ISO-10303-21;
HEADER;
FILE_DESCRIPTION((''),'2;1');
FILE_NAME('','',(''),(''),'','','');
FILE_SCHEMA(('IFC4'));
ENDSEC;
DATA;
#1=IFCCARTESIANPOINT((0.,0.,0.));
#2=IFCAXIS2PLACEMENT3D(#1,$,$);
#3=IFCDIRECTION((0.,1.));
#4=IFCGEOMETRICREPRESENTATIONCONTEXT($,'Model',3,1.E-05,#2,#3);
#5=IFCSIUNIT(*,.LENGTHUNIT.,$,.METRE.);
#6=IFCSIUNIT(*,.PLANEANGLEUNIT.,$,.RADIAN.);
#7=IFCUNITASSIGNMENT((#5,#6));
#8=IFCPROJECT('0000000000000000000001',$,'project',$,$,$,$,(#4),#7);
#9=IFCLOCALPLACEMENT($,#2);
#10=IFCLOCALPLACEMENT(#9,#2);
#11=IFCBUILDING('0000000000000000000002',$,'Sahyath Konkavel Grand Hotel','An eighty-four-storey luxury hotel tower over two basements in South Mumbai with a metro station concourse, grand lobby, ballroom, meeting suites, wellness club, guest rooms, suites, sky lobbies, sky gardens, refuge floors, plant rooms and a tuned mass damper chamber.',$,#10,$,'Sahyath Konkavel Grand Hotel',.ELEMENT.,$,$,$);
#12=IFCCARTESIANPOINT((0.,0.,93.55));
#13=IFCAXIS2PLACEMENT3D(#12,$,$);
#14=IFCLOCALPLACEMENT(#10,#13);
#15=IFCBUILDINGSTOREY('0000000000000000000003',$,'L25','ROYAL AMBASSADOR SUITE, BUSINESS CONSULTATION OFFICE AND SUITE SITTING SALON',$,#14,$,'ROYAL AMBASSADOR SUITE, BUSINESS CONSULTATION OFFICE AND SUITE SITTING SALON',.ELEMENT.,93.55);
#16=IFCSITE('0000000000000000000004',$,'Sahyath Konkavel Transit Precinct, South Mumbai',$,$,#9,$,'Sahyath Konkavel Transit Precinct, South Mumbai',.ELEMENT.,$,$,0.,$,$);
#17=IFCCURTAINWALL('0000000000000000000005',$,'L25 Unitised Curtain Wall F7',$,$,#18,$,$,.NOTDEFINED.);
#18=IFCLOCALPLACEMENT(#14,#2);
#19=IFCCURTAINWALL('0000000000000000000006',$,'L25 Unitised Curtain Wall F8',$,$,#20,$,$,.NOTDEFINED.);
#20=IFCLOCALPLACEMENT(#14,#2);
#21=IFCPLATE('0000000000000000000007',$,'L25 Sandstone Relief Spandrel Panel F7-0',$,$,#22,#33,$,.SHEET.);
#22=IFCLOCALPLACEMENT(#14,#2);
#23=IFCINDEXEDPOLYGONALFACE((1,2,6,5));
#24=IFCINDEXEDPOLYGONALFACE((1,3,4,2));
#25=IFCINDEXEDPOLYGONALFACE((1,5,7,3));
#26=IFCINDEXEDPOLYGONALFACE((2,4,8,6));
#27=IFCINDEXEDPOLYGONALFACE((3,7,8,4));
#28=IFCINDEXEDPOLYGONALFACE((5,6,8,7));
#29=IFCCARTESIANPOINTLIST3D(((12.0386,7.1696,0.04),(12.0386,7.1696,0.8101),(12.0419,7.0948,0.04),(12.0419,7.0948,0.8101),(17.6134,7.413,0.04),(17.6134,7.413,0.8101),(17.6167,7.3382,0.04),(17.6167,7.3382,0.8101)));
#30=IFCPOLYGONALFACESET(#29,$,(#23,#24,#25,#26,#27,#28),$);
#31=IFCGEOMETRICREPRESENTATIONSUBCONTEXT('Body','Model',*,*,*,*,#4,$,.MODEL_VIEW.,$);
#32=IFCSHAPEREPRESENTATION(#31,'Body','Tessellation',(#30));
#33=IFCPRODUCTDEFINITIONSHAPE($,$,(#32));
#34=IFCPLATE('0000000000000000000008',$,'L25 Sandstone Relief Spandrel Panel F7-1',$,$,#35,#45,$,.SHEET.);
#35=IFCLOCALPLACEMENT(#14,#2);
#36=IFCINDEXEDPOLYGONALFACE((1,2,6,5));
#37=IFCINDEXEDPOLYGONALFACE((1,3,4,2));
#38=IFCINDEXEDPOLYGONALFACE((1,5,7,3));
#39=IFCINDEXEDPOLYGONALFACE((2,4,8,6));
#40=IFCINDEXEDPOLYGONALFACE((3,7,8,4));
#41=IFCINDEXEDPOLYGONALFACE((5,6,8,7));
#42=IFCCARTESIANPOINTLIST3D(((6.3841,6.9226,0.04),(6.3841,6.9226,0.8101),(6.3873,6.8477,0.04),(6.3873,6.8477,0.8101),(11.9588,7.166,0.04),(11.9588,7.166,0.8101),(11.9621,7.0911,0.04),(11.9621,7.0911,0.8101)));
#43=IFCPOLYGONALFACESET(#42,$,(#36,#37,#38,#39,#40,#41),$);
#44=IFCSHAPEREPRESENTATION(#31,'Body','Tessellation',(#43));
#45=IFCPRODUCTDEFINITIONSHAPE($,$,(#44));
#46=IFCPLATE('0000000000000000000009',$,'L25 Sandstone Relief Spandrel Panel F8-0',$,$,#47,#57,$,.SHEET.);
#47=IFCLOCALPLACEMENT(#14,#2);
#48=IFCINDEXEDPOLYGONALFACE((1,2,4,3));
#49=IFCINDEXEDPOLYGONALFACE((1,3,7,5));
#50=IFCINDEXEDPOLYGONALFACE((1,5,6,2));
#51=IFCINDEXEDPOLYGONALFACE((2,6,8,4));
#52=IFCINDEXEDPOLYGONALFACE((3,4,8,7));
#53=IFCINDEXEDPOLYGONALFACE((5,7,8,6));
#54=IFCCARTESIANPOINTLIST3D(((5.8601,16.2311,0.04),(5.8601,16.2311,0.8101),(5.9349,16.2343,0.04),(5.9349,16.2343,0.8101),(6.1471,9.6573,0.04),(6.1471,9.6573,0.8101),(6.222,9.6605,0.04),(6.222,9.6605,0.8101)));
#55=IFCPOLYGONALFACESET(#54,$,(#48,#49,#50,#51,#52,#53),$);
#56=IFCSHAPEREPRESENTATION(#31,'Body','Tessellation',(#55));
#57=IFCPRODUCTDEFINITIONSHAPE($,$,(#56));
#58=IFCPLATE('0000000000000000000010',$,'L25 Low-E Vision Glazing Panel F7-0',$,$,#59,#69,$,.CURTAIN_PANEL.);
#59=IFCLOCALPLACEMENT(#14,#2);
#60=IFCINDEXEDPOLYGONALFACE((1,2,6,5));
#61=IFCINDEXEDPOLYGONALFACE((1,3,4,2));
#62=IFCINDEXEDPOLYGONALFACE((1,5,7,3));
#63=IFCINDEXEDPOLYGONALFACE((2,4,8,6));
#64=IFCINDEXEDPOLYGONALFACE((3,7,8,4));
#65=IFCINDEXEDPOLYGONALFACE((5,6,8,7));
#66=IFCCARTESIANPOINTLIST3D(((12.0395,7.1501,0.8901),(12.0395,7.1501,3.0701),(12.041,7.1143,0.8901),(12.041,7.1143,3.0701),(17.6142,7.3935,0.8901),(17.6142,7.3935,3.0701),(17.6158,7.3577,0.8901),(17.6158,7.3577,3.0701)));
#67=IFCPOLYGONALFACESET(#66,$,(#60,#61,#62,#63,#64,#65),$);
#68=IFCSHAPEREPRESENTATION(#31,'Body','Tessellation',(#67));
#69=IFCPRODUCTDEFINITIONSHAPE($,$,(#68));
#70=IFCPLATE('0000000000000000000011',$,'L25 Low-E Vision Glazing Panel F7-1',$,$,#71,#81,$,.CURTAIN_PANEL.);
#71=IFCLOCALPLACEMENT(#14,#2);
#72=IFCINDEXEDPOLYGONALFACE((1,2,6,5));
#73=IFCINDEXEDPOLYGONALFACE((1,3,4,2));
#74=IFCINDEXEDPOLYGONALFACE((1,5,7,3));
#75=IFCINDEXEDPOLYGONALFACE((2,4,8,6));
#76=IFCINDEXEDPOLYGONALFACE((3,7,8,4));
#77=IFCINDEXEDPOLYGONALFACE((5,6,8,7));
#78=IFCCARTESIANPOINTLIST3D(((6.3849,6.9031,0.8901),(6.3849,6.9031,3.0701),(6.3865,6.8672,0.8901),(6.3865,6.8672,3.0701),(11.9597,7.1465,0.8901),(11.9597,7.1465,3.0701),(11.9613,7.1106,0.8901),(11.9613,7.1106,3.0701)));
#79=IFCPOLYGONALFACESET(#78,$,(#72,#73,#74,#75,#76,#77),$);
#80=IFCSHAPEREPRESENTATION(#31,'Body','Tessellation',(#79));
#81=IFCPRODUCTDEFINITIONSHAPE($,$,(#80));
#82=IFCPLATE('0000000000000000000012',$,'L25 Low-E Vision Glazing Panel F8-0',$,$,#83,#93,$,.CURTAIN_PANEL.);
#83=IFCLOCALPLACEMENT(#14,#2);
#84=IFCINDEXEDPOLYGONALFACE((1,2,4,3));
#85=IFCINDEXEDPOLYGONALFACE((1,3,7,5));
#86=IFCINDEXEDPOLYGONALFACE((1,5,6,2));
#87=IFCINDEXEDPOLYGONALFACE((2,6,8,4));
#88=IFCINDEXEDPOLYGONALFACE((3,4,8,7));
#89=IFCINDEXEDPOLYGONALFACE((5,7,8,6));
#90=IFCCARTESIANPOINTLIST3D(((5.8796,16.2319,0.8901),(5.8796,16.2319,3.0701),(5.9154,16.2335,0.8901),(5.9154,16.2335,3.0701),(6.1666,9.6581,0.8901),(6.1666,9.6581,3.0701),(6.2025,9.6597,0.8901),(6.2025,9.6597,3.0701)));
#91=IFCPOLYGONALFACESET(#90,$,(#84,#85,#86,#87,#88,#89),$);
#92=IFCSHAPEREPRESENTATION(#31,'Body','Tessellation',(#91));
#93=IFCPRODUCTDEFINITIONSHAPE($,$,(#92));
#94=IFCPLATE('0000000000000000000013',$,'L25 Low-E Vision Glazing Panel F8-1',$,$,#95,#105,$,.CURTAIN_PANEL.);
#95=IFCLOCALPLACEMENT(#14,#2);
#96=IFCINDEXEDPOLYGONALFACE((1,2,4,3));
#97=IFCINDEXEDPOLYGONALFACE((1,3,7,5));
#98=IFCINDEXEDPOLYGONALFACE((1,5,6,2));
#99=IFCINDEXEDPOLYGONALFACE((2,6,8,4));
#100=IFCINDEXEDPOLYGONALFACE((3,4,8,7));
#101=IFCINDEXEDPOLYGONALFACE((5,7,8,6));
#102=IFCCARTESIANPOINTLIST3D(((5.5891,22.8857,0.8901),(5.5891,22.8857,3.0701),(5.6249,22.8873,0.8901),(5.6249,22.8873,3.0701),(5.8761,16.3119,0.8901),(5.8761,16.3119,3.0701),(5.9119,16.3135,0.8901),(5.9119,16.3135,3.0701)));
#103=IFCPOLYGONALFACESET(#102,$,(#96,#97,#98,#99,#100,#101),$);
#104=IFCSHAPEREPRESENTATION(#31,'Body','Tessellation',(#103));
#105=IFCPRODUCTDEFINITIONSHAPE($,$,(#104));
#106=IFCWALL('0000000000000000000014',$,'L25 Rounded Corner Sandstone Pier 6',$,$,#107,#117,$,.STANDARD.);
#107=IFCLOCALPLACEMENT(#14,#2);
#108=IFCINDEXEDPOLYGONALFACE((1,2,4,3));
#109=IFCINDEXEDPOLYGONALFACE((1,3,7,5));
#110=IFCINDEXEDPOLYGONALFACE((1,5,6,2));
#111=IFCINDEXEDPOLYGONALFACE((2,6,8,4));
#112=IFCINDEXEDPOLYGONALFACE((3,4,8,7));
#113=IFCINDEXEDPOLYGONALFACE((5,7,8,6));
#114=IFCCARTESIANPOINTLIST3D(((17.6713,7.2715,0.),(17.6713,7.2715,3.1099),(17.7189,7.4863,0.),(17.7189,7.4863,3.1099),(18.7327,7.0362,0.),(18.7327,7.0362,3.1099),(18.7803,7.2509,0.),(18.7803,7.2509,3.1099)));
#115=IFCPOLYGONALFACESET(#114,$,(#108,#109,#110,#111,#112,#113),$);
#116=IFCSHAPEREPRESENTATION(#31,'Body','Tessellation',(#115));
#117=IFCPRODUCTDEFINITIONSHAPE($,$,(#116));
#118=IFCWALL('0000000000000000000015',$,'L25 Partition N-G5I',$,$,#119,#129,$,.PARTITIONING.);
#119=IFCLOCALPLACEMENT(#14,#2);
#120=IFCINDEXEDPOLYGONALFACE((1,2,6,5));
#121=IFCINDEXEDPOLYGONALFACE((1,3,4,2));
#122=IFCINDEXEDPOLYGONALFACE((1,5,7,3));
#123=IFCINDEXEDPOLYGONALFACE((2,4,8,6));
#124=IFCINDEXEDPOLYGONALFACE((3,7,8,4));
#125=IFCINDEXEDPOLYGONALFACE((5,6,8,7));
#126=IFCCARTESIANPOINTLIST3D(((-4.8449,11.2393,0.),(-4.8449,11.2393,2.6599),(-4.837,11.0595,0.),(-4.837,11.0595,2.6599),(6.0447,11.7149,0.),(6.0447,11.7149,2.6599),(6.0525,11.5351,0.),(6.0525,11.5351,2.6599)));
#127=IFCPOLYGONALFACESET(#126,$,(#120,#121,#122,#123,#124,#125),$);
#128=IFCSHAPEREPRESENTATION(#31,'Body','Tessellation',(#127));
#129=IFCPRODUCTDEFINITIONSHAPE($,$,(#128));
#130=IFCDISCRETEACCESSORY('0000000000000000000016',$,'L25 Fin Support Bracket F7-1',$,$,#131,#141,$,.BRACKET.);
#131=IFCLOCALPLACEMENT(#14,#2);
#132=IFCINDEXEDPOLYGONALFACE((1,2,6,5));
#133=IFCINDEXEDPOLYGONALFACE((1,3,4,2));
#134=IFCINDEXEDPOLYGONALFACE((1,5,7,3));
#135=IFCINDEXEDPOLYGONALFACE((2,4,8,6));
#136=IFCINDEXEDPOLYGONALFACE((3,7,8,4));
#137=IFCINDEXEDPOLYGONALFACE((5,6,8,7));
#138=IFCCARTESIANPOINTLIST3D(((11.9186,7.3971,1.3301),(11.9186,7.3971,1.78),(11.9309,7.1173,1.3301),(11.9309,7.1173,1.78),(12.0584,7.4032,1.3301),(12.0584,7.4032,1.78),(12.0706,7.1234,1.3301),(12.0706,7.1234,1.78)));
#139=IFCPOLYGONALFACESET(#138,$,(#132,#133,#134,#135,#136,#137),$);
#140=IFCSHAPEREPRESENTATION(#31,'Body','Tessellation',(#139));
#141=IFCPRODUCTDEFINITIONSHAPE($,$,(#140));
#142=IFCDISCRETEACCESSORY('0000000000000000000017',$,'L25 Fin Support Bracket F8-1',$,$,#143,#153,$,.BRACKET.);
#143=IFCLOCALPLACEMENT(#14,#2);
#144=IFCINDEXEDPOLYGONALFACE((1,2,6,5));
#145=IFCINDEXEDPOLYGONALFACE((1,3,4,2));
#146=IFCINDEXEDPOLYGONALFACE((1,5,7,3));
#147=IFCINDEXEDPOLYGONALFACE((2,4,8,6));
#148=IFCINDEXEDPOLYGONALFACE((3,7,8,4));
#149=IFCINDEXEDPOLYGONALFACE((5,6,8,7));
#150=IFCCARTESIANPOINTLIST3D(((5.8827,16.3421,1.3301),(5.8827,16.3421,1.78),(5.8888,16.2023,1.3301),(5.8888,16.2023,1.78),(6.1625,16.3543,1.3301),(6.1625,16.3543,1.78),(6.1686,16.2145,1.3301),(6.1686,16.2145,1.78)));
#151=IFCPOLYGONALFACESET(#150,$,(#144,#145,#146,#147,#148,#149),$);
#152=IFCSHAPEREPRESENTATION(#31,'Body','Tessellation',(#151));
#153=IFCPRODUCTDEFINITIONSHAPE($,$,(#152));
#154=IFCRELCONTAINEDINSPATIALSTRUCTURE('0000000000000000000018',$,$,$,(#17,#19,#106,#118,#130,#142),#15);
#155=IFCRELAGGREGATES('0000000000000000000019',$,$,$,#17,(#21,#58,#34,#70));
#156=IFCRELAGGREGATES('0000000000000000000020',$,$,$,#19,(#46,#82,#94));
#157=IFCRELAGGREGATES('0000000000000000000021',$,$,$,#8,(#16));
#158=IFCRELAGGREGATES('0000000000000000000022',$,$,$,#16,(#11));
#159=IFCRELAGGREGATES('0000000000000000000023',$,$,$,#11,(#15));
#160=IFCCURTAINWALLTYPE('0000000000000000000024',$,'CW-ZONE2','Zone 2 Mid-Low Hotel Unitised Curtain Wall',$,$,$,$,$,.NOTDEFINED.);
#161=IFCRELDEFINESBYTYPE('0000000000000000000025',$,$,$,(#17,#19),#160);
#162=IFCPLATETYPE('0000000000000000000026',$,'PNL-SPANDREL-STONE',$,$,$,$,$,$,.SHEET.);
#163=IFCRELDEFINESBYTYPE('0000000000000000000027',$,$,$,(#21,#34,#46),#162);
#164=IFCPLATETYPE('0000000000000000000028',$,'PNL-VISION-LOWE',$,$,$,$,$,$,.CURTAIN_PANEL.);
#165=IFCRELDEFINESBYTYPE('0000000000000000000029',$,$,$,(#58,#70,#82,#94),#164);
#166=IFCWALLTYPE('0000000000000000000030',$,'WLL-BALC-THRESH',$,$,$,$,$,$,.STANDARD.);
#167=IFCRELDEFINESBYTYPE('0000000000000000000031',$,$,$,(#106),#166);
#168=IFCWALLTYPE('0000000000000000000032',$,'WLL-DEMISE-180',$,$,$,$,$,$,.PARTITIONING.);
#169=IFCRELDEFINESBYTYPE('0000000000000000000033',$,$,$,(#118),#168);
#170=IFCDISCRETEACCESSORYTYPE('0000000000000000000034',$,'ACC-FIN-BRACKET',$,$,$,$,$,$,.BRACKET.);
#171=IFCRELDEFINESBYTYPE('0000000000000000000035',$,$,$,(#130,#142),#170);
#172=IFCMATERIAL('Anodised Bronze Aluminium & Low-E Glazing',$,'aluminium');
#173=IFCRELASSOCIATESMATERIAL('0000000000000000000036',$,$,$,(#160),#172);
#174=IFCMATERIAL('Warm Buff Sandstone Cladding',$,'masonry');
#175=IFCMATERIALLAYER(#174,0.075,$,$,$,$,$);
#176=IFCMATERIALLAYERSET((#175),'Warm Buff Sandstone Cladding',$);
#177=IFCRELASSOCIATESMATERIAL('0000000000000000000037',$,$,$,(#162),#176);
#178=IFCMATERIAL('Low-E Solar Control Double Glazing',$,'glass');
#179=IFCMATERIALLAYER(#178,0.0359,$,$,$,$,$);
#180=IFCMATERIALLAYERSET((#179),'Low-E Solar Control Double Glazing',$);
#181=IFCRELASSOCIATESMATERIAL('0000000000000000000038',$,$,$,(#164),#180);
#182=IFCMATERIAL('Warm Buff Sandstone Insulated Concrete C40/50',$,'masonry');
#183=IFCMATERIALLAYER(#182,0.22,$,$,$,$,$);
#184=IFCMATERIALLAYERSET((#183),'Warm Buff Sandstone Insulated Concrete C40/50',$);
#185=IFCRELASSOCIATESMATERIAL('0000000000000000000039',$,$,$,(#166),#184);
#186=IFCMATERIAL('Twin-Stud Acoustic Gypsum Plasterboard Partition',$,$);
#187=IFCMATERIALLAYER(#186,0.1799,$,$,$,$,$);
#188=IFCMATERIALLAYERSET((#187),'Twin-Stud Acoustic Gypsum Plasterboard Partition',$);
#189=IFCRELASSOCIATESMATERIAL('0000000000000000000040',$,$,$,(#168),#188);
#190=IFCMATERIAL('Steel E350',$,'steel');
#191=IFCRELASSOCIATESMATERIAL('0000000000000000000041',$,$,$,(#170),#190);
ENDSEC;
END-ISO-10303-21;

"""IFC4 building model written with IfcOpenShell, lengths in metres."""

from ifc_helpers import new_model, si_unit, direction, frame, frame_2d, origin, origin_2d, place, context, subcontext, project, spatial, rectangle, extrude, source, transform, mapped, material, layer, layer_set, type_object, element, aggregate, save


model = new_model("IFC4")

# Units and contexts
model_context = context("Model", 3, precision=1e-05, world=origin(), true_north=direction((0.0, 1.0)))
body_context = subcontext(model_context, "Body", "Model", "MODEL_VIEW")
ifc_project = project(units=[si_unit("LENGTHUNIT", "METRE"), si_unit("PLANEANGLEUNIT", "RADIAN")], contexts=[model_context])

# Site, building, storey
site_placement = place(None, origin())
site = spatial("IfcSite", under=ifc_project, at=site_placement, Name="Sahyath Konkavel Transit Precinct, South Mumbai", LongName="Sahyath Konkavel Transit Precinct, South Mumbai", CompositionType="ELEMENT", RefElevation=0.0)
building_placement = place(site_placement, origin())
building = spatial("IfcBuilding", under=site, at=building_placement, Name="Sahyath Konkavel Grand Hotel", Description="An eighty-four-storey luxury hotel tower over two basements in South Mumbai with a metro station concourse, grand lobby, ballroom, meeting suites, wellness club, guest rooms, suites, sky lobbies, sky gardens, refuge floors, plant rooms and a tuned mass damper chamber.", LongName="Sahyath Konkavel Grand Hotel", CompositionType="ELEMENT")
storey_placement = place(building_placement, frame((0.0, 0.0, 93.55)))
storey = spatial("IfcBuildingStorey", under=building, at=storey_placement, Name="L25", Description="ROYAL AMBASSADOR SUITE, BUSINESS CONSULTATION OFFICE AND SUITE SITTING SALON", LongName="ROYAL AMBASSADOR SUITE, BUSINESS CONSULTATION OFFICE AND SUITE SITTING SALON", CompositionType="ELEMENT", Elevation=93.55)

# Curtain walls
ifc_material_1 = material(Name="Anodised Bronze Aluminium & Low-E Glazing", Category="aluminium")
curtain_wall_type = type_object("IfcCurtainWallType", Name="CW-ZONE2", Description="Zone 2 Mid-Low Hotel Unitised Curtain Wall", PredefinedType="NOTDEFINED", material=ifc_material_1)
curtain_wall_1_placement = place(storey_placement, origin())
curtain_wall_1 = element("IfcCurtainWall", 1, at=curtain_wall_1_placement, inside=storey, type_object=curtain_wall_type, Name="L25 Unitised Curtain Wall F7", PredefinedType="NOTDEFINED")
curtain_wall_2_placement = place(storey_placement, origin())
curtain_wall_2 = element("IfcCurtainWall", 2, at=curtain_wall_2_placement, inside=storey, type_object=curtain_wall_type, Name="L25 Unitised Curtain Wall F8", PredefinedType="NOTDEFINED")

# Plates
ifc_material_2 = material(Name="Warm Buff Sandstone Cladding", Category="masonry")
ifc_layer_1 = layer(ifc_material_2, 0.075)
ifc_layer_set_1 = layer_set([ifc_layer_1], Name="Warm Buff Sandstone Cladding")
plate_type_1 = type_object("IfcPlateType", Name="PNL-SPANDREL-STONE", PredefinedType="SHEET", material=ifc_layer_set_1)
shared_shape_1 = source(origin(), body_context, "Body", "SweptSolid", [
    extrude(rectangle(XDim=5.5801, YDim=0.075, at=origin_2d()), origin(), (0.0, 0.0, 1.0), 0.77),
])
plate_1_placement = place(storey_placement, frame((14.8276, 7.2539, 0.04), z_axis=(0.0, 0.0, 1.0), x_axis=(-0.999048, -0.043619, 0.0)))
plate_1 = element("IfcPlate", 3, at=plate_1_placement, type_object=plate_type_1, Name="L25 Sandstone Relief Spandrel Panel F7-0", PredefinedType="SHEET", context=body_context, shape_type="MappedRepresentation", body=[
    mapped(shared_shape_1, transform((0.0, 0.0, 0.0), scale=1.0)),
])
plate_2_placement = place(storey_placement, frame((9.1731, 7.0068, 0.04), z_axis=(0.0, 0.0, 1.0), x_axis=(-0.999048, -0.043619, 0.0)))
plate_2 = element("IfcPlate", 4, at=plate_2_placement, type_object=plate_type_1, Name="L25 Sandstone Relief Spandrel Panel F7-1", PredefinedType="SHEET", context=body_context, shape_type="MappedRepresentation", body=[
    mapped(shared_shape_1, transform((0.0, 0.0, 0.0), scale=1.0)),
])
shared_shape_2 = source(origin(), body_context, "Body", "SweptSolid", [
    extrude(rectangle(XDim=6.5801, YDim=0.075, at=origin_2d()), origin(), (0.0, 0.0, 1.0), 0.77),
])
plate_3_placement = place(storey_placement, frame((6.041, 12.9458, 0.04), z_axis=(0.0, 0.0, 1.0), x_axis=(-0.043619, 0.999048, 0.0)))
plate_3 = element("IfcPlate", 5, at=plate_3_placement, type_object=plate_type_1, Name="L25 Sandstone Relief Spandrel Panel F8-0", PredefinedType="SHEET", context=body_context, shape_type="MappedRepresentation", body=[
    mapped(shared_shape_2, transform((0.0, 0.0, 0.0), scale=1.0)),
])
ifc_material_3 = material(Name="Low-E Solar Control Double Glazing", Category="glass")
ifc_layer_2 = layer(ifc_material_3, 0.0359)
ifc_layer_set_2 = layer_set([ifc_layer_2], Name="Low-E Solar Control Double Glazing")
plate_type_2 = type_object("IfcPlateType", Name="PNL-VISION-LOWE", PredefinedType="CURTAIN_PANEL", material=ifc_layer_set_2)
shared_shape_3 = source(origin(), body_context, "Body", "SweptSolid", [
    extrude(rectangle(XDim=5.5801, YDim=0.0359, at=origin_2d()), origin(), (0.0, 0.0, 1.0), 2.1799),
])
plate_4_placement = place(storey_placement, frame((14.8276, 7.2539, 0.8901), z_axis=(0.0, 0.0, 1.0), x_axis=(-0.999048, -0.043619, 0.0)))
plate_4 = element("IfcPlate", 6, at=plate_4_placement, type_object=plate_type_2, Name="L25 Low-E Vision Glazing Panel F7-0", PredefinedType="CURTAIN_PANEL", context=body_context, shape_type="MappedRepresentation", body=[
    mapped(shared_shape_3, transform((0.0, 0.0, 0.0), scale=1.0)),
])
plate_5_placement = place(storey_placement, frame((9.1731, 7.0068, 0.8901), z_axis=(0.0, 0.0, 1.0), x_axis=(-0.999048, -0.043619, 0.0)))
plate_5 = element("IfcPlate", 7, at=plate_5_placement, type_object=plate_type_2, Name="L25 Low-E Vision Glazing Panel F7-1", PredefinedType="CURTAIN_PANEL", context=body_context, shape_type="MappedRepresentation", body=[
    mapped(shared_shape_3, transform((0.0, 0.0, 0.0), scale=1.0)),
])
aggregate(curtain_wall_1, [plate_1, plate_4, plate_2, plate_5])
shared_shape_4 = source(origin(), body_context, "Body", "SweptSolid", [
    extrude(rectangle(XDim=6.5801, YDim=0.0359, at=origin_2d()), origin(), (0.0, 0.0, 1.0), 2.1799),
])
plate_6_placement = place(storey_placement, frame((6.041, 12.9458, 0.8901), z_axis=(0.0, 0.0, 1.0), x_axis=(-0.043619, 0.999048, 0.0)))
plate_6 = element("IfcPlate", 8, at=plate_6_placement, type_object=plate_type_2, Name="L25 Low-E Vision Glazing Panel F8-0", PredefinedType="CURTAIN_PANEL", context=body_context, shape_type="MappedRepresentation", body=[
    mapped(shared_shape_4, transform((0.0, 0.0, 0.0), scale=1.0)),
])
plate_7_placement = place(storey_placement, frame((5.7505, 19.5996, 0.8901), z_axis=(0.0, 0.0, 1.0), x_axis=(-0.043619, 0.999048, 0.0)))
plate_7 = element("IfcPlate", 9, at=plate_7_placement, type_object=plate_type_2, Name="L25 Low-E Vision Glazing Panel F8-1", PredefinedType="CURTAIN_PANEL", context=body_context, shape_type="MappedRepresentation", body=[
    mapped(shared_shape_4, transform((0.0, 0.0, 0.0), scale=1.0)),
])
aggregate(curtain_wall_2, [plate_3, plate_6, plate_7])

# Walls
ifc_material_4 = material(Name="Warm Buff Sandstone Insulated Concrete C40/50", Category="masonry")
ifc_layer_3 = layer(ifc_material_4, 0.22)
ifc_layer_set_3 = layer_set([ifc_layer_3], Name="Warm Buff Sandstone Insulated Concrete C40/50")
wall_type_1 = type_object("IfcWallType", Name="WLL-BALC-THRESH", PredefinedType="STANDARD", material=ifc_layer_set_3)
wall_1_placement = place(storey_placement, frame((18.7563, 7.1436, 0.0), z_axis=(0.0, 0.0, 1.0), x_axis=(-0.976282, 0.216502, 0.0)))
element("IfcWall", 10, at=wall_1_placement, inside=storey, type_object=wall_type_1, Name="L25 Rounded Corner Sandstone Pier 6", PredefinedType="STANDARD", context=body_context, shape_type="SweptSolid", body=[
    extrude(rectangle(XDim=1.0872, YDim=0.22, at=frame_2d((0.5435, 0.0))), origin(), (0.0, 0.0, 1.0), 3.1099),
])
ifc_material_5 = material(Name="Twin-Stud Acoustic Gypsum Plasterboard Partition")
ifc_layer_4 = layer(ifc_material_5, 0.1799)
ifc_layer_set_4 = layer_set([ifc_layer_4], Name="Twin-Stud Acoustic Gypsum Plasterboard Partition")
wall_type_2 = type_object("IfcWallType", Name="WLL-DEMISE-180", PredefinedType="PARTITIONING", material=ifc_layer_set_4)
wall_2_placement = place(storey_placement, frame((6.0486, 11.625, 0.0), z_axis=(0.0, 0.0, 1.0), x_axis=(-0.999048, -0.043633, 0.0)))
element("IfcWall", 11, at=wall_2_placement, inside=storey, type_object=wall_type_2, Name="L25 Partition N-G5I", PredefinedType="PARTITIONING", context=body_context, shape_type="SweptSolid", body=[
    extrude(rectangle(XDim=10.8999, YDim=0.1799, at=frame_2d((5.45, 0.0))), origin(), (0.0, 0.0, 1.0), 2.6599),
])

# Discrete accessories
ifc_material_6 = material(Name="Steel E350", Category="steel")
discrete_accessory_type = type_object("IfcDiscreteAccessoryType", Name="ACC-FIN-BRACKET", PredefinedType="BRACKET", material=ifc_material_6)
shared_shape_5 = source(origin(), body_context, "Body", "SweptSolid", [
    extrude(rectangle(XDim=0.28, YDim=0.1399, at=origin_2d()), origin(), (0.0, 0.0, 1.0), 0.45),
])
for number, where, z_axis, x_axis, name in (
    (12, (11.9946, 7.2603, 1.3301), (0.0, 0.0, 1.0), (-0.043619, 0.999048, 0.0), "L25 Fin Support Bracket F7-1"),
    (13, (6.0256, 16.2783, 1.3301), (0.0, 0.0, 1.0), (0.999048, 0.043619, 0.0), "L25 Fin Support Bracket F8-1"),
):
    element("IfcDiscreteAccessory", number, at=place(storey_placement, frame(where, z_axis=z_axis, x_axis=x_axis)), inside=storey, type_object=discrete_accessory_type, Name=name, PredefinedType="BRACKET", context=body_context, shape_type="MappedRepresentation", body=[
        mapped(shared_shape_5, transform((0.0, 0.0, 0.0), scale=1.0)),
    ])

save(model, "model.ifc")
